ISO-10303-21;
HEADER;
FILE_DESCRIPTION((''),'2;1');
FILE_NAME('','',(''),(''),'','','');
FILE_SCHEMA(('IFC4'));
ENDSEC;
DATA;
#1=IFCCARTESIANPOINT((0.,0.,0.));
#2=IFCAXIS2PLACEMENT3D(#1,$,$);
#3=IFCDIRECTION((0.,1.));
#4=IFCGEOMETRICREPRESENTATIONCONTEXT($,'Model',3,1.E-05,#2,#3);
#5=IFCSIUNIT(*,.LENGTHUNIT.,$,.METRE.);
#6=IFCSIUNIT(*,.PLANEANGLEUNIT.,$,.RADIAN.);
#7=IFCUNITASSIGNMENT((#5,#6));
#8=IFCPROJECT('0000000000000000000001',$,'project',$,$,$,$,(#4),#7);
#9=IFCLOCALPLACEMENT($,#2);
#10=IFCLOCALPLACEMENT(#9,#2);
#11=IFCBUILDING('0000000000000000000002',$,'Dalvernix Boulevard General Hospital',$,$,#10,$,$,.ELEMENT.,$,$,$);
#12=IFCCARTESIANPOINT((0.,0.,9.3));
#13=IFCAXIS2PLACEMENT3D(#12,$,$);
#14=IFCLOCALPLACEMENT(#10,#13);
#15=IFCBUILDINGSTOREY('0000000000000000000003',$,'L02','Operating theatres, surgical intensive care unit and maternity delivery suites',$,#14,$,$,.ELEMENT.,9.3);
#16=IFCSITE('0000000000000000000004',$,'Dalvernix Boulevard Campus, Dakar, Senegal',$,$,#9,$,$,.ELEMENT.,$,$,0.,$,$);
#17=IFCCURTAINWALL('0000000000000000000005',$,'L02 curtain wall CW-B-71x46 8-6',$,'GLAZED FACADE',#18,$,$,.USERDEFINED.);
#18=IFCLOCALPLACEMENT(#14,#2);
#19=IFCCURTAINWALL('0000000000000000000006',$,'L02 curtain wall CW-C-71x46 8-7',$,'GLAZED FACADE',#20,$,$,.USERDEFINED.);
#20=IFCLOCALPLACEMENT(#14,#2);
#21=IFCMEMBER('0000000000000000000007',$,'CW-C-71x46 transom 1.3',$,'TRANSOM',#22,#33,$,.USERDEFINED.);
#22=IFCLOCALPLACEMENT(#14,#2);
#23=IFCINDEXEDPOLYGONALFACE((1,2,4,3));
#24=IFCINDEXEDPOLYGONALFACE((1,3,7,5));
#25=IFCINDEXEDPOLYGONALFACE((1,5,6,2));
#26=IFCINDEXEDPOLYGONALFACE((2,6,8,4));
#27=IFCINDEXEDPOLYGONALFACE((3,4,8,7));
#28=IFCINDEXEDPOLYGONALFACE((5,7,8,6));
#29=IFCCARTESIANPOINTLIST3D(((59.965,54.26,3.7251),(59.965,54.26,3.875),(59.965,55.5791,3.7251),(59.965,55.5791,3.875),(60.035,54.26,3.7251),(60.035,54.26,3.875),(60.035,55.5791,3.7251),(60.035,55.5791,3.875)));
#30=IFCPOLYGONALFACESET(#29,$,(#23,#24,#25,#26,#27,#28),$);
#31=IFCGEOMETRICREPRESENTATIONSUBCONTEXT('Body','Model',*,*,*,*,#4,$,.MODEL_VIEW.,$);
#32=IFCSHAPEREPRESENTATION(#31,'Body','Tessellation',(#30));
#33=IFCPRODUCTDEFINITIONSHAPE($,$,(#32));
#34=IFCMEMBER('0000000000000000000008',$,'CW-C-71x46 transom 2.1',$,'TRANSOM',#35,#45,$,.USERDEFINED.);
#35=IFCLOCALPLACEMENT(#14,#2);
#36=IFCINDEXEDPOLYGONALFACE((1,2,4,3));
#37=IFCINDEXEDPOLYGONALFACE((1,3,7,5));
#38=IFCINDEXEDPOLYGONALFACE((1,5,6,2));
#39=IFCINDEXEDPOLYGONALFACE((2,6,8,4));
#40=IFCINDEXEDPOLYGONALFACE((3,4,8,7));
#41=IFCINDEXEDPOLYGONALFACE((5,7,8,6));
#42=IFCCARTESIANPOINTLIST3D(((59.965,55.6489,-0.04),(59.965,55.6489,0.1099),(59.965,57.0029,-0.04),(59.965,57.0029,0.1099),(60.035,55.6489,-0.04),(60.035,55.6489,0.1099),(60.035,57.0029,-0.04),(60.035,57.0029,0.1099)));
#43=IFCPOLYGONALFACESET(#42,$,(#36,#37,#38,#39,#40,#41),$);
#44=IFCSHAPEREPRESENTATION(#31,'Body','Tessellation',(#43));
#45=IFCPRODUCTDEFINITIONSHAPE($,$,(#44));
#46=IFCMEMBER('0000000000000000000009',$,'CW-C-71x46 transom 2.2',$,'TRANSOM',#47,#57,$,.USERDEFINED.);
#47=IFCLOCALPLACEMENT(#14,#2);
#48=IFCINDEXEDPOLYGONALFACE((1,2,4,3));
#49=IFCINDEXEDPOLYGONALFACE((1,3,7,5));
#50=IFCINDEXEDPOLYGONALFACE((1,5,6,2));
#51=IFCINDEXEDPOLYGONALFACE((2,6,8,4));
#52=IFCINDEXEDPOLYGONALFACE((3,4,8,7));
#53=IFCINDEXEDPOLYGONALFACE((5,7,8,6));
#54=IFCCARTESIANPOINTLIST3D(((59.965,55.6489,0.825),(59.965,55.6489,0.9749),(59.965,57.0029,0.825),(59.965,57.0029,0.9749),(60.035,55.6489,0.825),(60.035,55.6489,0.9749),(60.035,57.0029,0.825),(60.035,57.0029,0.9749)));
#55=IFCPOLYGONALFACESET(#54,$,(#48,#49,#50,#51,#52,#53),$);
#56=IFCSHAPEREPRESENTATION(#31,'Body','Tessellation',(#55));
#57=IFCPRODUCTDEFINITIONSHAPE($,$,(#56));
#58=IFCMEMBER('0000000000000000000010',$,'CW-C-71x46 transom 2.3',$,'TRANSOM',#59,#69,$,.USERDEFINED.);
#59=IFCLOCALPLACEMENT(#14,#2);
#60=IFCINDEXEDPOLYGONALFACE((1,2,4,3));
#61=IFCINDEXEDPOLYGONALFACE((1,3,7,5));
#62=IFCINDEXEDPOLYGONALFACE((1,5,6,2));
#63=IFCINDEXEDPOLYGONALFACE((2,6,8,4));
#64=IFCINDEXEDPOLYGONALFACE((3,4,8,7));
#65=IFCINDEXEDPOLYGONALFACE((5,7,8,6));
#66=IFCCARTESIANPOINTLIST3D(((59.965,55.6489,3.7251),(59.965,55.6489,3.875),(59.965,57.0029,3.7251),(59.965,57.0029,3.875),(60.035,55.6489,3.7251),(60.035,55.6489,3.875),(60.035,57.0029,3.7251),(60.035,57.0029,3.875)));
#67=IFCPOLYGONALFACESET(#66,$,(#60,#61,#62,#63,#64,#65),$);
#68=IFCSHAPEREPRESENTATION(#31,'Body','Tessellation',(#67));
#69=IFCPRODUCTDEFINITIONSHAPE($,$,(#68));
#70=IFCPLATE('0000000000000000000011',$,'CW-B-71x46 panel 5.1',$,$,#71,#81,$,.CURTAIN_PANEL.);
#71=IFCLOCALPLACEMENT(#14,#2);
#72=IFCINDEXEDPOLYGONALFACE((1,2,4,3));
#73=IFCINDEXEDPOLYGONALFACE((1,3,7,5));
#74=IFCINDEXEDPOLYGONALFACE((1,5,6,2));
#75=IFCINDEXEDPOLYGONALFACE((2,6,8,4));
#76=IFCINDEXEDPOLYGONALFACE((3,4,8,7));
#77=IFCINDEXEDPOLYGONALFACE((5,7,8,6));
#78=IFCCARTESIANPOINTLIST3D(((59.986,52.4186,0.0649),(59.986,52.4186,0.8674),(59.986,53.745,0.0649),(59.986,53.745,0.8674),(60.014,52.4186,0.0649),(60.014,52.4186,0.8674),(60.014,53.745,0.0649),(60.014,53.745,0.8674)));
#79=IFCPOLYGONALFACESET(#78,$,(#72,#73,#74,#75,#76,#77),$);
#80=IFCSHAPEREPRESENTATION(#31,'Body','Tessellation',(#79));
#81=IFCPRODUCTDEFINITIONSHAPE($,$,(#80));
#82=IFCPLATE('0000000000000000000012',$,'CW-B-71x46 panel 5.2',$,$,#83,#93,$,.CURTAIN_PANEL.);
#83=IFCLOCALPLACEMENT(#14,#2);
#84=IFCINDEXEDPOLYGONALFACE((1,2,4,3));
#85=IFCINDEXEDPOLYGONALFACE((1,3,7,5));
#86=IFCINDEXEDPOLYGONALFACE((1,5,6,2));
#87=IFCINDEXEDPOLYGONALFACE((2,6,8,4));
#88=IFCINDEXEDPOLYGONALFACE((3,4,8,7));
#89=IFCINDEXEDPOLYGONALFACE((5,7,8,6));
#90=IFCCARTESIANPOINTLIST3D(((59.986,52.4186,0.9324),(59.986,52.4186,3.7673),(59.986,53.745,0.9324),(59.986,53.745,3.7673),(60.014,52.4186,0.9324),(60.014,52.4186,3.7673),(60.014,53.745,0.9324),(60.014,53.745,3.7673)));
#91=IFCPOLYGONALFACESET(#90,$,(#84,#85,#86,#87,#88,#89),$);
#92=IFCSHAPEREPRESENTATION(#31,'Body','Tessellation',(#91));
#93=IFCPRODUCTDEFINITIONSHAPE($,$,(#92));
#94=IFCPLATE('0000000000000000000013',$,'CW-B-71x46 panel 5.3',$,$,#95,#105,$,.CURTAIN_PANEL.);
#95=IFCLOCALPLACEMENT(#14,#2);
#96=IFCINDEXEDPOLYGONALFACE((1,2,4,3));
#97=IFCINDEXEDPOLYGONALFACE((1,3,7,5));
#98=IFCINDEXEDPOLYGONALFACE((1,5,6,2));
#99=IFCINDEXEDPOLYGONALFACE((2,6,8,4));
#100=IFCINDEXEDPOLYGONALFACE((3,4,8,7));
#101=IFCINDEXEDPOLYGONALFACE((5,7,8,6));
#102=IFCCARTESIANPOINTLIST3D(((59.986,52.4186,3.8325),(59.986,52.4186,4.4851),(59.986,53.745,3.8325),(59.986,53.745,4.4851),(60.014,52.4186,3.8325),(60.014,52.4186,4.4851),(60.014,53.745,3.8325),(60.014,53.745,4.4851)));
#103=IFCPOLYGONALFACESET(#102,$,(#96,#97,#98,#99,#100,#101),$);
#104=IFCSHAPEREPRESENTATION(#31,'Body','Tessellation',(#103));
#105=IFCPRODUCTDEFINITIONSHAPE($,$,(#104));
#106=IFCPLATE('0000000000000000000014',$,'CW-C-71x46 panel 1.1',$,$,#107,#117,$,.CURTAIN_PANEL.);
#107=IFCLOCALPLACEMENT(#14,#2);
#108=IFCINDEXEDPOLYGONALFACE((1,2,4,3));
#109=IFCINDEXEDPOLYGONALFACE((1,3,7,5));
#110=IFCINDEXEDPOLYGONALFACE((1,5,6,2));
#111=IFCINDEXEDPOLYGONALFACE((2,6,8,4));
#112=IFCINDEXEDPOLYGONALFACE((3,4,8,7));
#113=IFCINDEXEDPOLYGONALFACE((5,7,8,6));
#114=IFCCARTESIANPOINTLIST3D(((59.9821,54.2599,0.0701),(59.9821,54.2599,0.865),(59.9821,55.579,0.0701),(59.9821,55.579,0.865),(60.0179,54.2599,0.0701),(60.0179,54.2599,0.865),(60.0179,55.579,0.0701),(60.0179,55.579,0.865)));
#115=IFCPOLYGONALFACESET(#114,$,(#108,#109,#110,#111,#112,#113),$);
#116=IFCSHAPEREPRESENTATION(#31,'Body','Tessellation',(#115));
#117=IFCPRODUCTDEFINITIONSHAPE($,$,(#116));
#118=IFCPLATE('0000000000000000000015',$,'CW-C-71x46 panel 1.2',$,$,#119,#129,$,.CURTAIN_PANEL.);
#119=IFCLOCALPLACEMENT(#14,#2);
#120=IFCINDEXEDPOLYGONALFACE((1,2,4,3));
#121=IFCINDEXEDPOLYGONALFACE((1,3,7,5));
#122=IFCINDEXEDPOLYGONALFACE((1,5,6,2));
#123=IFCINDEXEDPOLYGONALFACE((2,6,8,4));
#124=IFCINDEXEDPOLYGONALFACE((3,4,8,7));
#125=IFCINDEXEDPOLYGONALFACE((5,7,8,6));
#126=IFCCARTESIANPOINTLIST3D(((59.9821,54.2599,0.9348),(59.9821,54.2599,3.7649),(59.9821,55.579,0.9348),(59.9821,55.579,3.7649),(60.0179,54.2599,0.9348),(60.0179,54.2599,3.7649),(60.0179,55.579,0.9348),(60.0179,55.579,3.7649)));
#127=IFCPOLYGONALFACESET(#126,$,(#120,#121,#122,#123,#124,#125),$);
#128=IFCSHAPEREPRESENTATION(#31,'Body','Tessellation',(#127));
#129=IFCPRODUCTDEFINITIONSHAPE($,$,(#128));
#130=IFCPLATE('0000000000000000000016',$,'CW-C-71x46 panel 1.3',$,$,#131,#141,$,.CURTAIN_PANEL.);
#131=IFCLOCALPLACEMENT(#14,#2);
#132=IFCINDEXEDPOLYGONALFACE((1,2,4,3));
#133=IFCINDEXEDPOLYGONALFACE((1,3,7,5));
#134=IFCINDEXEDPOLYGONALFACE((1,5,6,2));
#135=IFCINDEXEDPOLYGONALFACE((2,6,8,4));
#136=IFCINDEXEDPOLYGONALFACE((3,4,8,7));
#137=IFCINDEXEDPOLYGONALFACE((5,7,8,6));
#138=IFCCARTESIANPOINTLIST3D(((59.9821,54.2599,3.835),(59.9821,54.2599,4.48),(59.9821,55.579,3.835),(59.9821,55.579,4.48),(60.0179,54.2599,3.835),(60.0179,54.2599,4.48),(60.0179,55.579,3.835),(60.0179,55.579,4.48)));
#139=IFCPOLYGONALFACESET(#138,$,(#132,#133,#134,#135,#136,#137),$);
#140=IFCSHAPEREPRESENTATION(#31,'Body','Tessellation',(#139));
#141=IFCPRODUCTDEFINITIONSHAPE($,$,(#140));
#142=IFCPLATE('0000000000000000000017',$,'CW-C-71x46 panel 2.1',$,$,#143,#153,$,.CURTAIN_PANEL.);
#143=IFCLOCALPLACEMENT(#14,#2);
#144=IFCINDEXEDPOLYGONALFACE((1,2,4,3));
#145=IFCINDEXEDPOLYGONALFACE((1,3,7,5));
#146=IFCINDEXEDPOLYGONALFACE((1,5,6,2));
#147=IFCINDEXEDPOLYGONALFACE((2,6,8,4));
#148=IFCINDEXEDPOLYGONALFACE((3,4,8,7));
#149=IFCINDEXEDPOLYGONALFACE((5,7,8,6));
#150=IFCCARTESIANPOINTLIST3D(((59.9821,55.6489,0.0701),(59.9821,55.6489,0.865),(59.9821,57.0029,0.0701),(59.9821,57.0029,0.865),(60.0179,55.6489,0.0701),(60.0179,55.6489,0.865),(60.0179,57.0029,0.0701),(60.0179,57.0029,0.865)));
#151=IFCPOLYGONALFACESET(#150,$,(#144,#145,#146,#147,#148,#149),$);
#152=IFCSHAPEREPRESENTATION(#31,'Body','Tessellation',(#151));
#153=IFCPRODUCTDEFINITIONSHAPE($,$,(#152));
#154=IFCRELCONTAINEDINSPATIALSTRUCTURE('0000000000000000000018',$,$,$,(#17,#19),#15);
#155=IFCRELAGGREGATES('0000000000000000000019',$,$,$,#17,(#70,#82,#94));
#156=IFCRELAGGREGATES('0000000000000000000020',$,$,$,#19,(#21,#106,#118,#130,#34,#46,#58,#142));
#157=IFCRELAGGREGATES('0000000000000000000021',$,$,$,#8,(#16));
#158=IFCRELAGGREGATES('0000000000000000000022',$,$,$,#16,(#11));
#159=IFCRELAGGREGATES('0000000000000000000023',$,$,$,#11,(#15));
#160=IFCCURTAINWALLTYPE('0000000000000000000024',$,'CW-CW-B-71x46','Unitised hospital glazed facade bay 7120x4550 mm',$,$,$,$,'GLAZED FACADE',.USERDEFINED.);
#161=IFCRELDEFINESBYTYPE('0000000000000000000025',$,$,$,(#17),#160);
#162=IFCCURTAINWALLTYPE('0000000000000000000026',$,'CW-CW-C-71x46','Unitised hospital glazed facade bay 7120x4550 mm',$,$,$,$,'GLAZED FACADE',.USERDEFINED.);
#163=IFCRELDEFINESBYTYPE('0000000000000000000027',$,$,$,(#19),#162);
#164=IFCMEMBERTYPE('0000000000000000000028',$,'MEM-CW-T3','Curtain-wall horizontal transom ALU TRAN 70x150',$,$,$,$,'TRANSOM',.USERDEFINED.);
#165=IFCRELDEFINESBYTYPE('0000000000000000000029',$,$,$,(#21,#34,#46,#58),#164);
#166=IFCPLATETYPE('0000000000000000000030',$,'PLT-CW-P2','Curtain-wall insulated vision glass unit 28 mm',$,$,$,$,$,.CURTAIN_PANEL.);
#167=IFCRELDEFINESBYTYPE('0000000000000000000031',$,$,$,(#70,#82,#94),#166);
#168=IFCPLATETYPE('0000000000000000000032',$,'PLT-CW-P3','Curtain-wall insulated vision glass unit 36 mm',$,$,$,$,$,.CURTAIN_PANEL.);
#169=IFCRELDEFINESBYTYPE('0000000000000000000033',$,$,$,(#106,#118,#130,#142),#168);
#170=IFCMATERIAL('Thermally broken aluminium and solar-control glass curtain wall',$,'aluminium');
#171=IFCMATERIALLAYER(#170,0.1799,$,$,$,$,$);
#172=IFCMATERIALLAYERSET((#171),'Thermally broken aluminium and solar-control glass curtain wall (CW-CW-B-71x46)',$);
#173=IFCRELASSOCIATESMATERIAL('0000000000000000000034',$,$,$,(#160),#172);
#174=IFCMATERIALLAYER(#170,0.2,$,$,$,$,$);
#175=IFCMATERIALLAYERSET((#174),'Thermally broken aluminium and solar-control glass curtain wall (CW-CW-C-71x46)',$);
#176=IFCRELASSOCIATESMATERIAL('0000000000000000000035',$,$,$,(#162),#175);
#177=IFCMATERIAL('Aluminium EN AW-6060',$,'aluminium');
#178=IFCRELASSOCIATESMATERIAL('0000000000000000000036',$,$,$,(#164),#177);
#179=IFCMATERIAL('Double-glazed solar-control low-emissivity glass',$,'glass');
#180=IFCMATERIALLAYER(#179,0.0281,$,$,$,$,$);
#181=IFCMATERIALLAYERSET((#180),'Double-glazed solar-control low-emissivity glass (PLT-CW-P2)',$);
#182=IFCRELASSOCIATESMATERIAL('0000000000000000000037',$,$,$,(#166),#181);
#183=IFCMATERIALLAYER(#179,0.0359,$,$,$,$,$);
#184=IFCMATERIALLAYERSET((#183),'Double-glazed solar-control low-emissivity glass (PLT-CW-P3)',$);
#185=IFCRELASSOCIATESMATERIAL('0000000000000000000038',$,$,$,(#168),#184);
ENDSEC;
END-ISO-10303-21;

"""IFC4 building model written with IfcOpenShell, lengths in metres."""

from ifc_helpers import new_model, si_unit, direction, frame, origin, origin_2d, place, context, subcontext, project, spatial, rectangle, extrude, material, layer, layer_set, material_profile, profile_set, type_object, element, aggregate, save


model = new_model("IFC4")

# Units and contexts
model_context = context("Model", 3, precision=1e-05, world=origin(), true_north=direction((0.0, 1.0)))
body_context = subcontext(model_context, "Body", "Model", "MODEL_VIEW")
ifc_project = project(units=[si_unit("LENGTHUNIT", "METRE"), si_unit("PLANEANGLEUNIT", "RADIAN")], contexts=[model_context])

# Site, building, storey
site_placement = place(None, origin())
site = spatial("IfcSite", under=ifc_project, at=site_placement, Name="Dalvernix Boulevard Campus, Dakar, Senegal", CompositionType="ELEMENT", RefElevation=0.0)
building_placement = place(site_placement, origin())
building = spatial("IfcBuilding", under=site, at=building_placement, Name="Dalvernix Boulevard General Hospital", CompositionType="ELEMENT")
storey_placement = place(building_placement, frame((0.0, 0.0, 9.3)))
storey = spatial("IfcBuildingStorey", under=building, at=storey_placement, Name="L02", Description="Operating theatres, surgical intensive care unit and maternity delivery suites", CompositionType="ELEMENT", Elevation=9.3)

# Curtain wall
ifc_material_1 = material(Name="Thermally broken aluminium and solar-control glass curtain wall", Category="aluminium")
ifc_layer_1 = layer(ifc_material_1, 0.1799)
ifc_layer_set_1 = layer_set([ifc_layer_1], Name="Thermally broken aluminium and solar-control glass curtain wall (CW-CW-B-71x46)")
curtain_wall_type_1 = type_object("IfcCurtainWallType", Name="CW-CW-B-71x46", Description="Unitised hospital glazed facade bay 7120x4550 mm", ElementType="GLAZED FACADE", PredefinedType="USERDEFINED", material=ifc_layer_set_1)
curtain_wall_1_placement = place(storey_placement, origin())
curtain_wall_1 = element("IfcCurtainWall", 1, at=curtain_wall_1_placement, inside=storey, type_object=curtain_wall_type_1, Name="L02 curtain wall CW-B-71x46 8-6", ObjectType="GLAZED FACADE", PredefinedType="USERDEFINED")
ifc_material_2 = material(Name="Aluminium EN AW-6060", Category="aluminium")

# Curtain wall
ifc_layer_2 = layer(ifc_material_1, 0.2)
ifc_layer_set_2 = layer_set([ifc_layer_2], Name="Thermally broken aluminium and solar-control glass curtain wall (CW-CW-C-71x46)")
curtain_wall_type_2 = type_object("IfcCurtainWallType", Name="CW-CW-C-71x46", Description="Unitised hospital glazed facade bay 7120x4550 mm", ElementType="GLAZED FACADE", PredefinedType="USERDEFINED", material=ifc_layer_set_2)
curtain_wall_2_placement = place(storey_placement, origin())
curtain_wall_2 = element("IfcCurtainWall", 2, at=curtain_wall_2_placement, inside=storey, type_object=curtain_wall_type_2, Name="L02 curtain wall CW-C-71x46 8-7", ObjectType="GLAZED FACADE", PredefinedType="USERDEFINED")

# Members
ifc_material_profile_1 = material_profile(ifc_material_2, rectangle(XDim=0.0701, YDim=0.1499, at=origin_2d()), Name="ALU TRAN 70x150")
ifc_profile_set_1 = profile_set([ifc_material_profile_1], Name="Aluminium EN AW-6060")
member_type_1 = type_object("IfcMemberType", Name="MEM-CW-T3", Description="Curtain-wall horizontal transom ALU TRAN 70x150", ElementType="TRANSOM", PredefinedType="USERDEFINED", material=ifc_profile_set_1)
member_1_placement = place(storey_placement, frame((60.0, 54.26, 3.8), z_axis=(0.0, 1.0, 0.0), x_axis=(-1.0, 0.0, 0.0)))
member_1 = element("IfcMember", 3, at=member_1_placement, type_object=member_type_1, Name="CW-C-71x46 transom 1.3", ObjectType="TRANSOM", PredefinedType="USERDEFINED", context=body_context, shape_type="SweptSolid", body=[
    extrude(rectangle(XDim=0.0701, YDim=0.1499, at=origin_2d()), origin(), (0.0, 0.0, 1.0), 1.3191),
])
member_2_placement = place(storey_placement, frame((60.0, 55.6489, 0.0349), z_axis=(0.0, 1.0, 0.0), x_axis=(-1.0, 0.0, 0.0)))
member_2 = element("IfcMember", 4, at=member_2_placement, type_object=member_type_1, Name="CW-C-71x46 transom 2.1", ObjectType="TRANSOM", PredefinedType="USERDEFINED", context=body_context, shape_type="SweptSolid", body=[
    extrude(rectangle(XDim=0.0701, YDim=0.1499, at=origin_2d()), origin(), (0.0, 0.0, 1.0), 1.354),
])
member_3_placement = place(storey_placement, frame((60.0, 55.6489, 0.8999), z_axis=(0.0, 1.0, 0.0), x_axis=(-1.0, 0.0, 0.0)))
member_3 = element("IfcMember", 5, at=member_3_placement, type_object=member_type_1, Name="CW-C-71x46 transom 2.2", ObjectType="TRANSOM", PredefinedType="USERDEFINED", context=body_context, shape_type="SweptSolid", body=[
    extrude(rectangle(XDim=0.0701, YDim=0.1499, at=origin_2d()), origin(), (0.0, 0.0, 1.0), 1.354),
])
member_4_placement = place(storey_placement, frame((60.0, 55.6489, 3.8), z_axis=(0.0, 1.0, 0.0), x_axis=(-1.0, 0.0, 0.0)))
member_4 = element("IfcMember", 6, at=member_4_placement, type_object=member_type_1, Name="CW-C-71x46 transom 2.3", ObjectType="TRANSOM", PredefinedType="USERDEFINED", context=body_context, shape_type="SweptSolid", body=[
    extrude(rectangle(XDim=0.0701, YDim=0.1499, at=origin_2d()), origin(), (0.0, 0.0, 1.0), 1.354),
])

# Plates
ifc_material_3 = material(Name="Double-glazed solar-control low-emissivity glass", Category="glass")
ifc_layer_3 = layer(ifc_material_3, 0.0281)
ifc_layer_set_3 = layer_set([ifc_layer_3], Name="Double-glazed solar-control low-emissivity glass (PLT-CW-P2)")
plate_type_1 = type_object("IfcPlateType", Name="PLT-CW-P2", Description="Curtain-wall insulated vision glass unit 28 mm", PredefinedType="CURTAIN_PANEL", material=ifc_layer_set_3)
plate_1_placement = place(storey_placement, frame((60.0, 53.0818, 0.0649), z_axis=(0.0, 0.0, 1.0), x_axis=(0.0, 1.0, 0.0)))
plate_1 = element("IfcPlate", 7, at=plate_1_placement, type_object=plate_type_1, Name="CW-B-71x46 panel 5.1", PredefinedType="CURTAIN_PANEL", context=body_context, shape_type="SweptSolid", body=[
    extrude(rectangle(XDim=1.3264, YDim=0.0281, at=origin_2d()), origin(), (0.0, 0.0, 1.0), 0.8025),
])
plate_2_placement = place(storey_placement, frame((60.0, 53.0818, 0.9324), z_axis=(0.0, 0.0, 1.0), x_axis=(0.0, 1.0, 0.0)))
plate_2 = element("IfcPlate", 8, at=plate_2_placement, type_object=plate_type_1, Name="CW-B-71x46 panel 5.2", PredefinedType="CURTAIN_PANEL", context=body_context, shape_type="SweptSolid", body=[
    extrude(rectangle(XDim=1.3264, YDim=0.0281, at=origin_2d()), origin(), (0.0, 0.0, 1.0), 2.835),
])
plate_3_placement = place(storey_placement, frame((60.0, 53.0818, 3.8325), z_axis=(0.0, 0.0, 1.0), x_axis=(0.0, 1.0, 0.0)))
plate_3 = element("IfcPlate", 9, at=plate_3_placement, type_object=plate_type_1, Name="CW-B-71x46 panel 5.3", PredefinedType="CURTAIN_PANEL", context=body_context, shape_type="SweptSolid", body=[
    extrude(rectangle(XDim=1.3264, YDim=0.0281, at=origin_2d()), origin(), (0.0, 0.0, 1.0), 0.6526),
])
aggregate(curtain_wall_1, [plate_1, plate_2, plate_3])
ifc_layer_4 = layer(ifc_material_3, 0.0359)
ifc_layer_set_4 = layer_set([ifc_layer_4], Name="Double-glazed solar-control low-emissivity glass (PLT-CW-P3)")
plate_type_2 = type_object("IfcPlateType", Name="PLT-CW-P3", Description="Curtain-wall insulated vision glass unit 36 mm", PredefinedType="CURTAIN_PANEL", material=ifc_layer_set_4)
plate_4_placement = place(storey_placement, frame((60.0, 54.9194, 0.0701), z_axis=(0.0, 0.0, 1.0), x_axis=(0.0, 1.0, 0.0)))
plate_4 = element("IfcPlate", 10, at=plate_4_placement, type_object=plate_type_2, Name="CW-C-71x46 panel 1.1", PredefinedType="CURTAIN_PANEL", context=body_context, shape_type="SweptSolid", body=[
    extrude(rectangle(XDim=1.3191, YDim=0.0359, at=origin_2d()), origin(), (0.0, 0.0, 1.0), 0.7949),
])
plate_5_placement = place(storey_placement, frame((60.0, 54.9194, 0.9348), z_axis=(0.0, 0.0, 1.0), x_axis=(0.0, 1.0, 0.0)))
plate_5 = element("IfcPlate", 11, at=plate_5_placement, type_object=plate_type_2, Name="CW-C-71x46 panel 1.2", PredefinedType="CURTAIN_PANEL", context=body_context, shape_type="SweptSolid", body=[
    extrude(rectangle(XDim=1.3191, YDim=0.0359, at=origin_2d()), origin(), (0.0, 0.0, 1.0), 2.8301),
])
plate_6_placement = place(storey_placement, frame((60.0, 54.9194, 3.835), z_axis=(0.0, 0.0, 1.0), x_axis=(0.0, 1.0, 0.0)))
plate_6 = element("IfcPlate", 12, at=plate_6_placement, type_object=plate_type_2, Name="CW-C-71x46 panel 1.3", PredefinedType="CURTAIN_PANEL", context=body_context, shape_type="SweptSolid", body=[
    extrude(rectangle(XDim=1.3191, YDim=0.0359, at=origin_2d()), origin(), (0.0, 0.0, 1.0), 0.645),
])
plate_7_placement = place(storey_placement, frame((60.0, 56.3259, 0.0701), z_axis=(0.0, 0.0, 1.0), x_axis=(0.0, 1.0, 0.0)))
plate_7 = element("IfcPlate", 13, at=plate_7_placement, type_object=plate_type_2, Name="CW-C-71x46 panel 2.1", PredefinedType="CURTAIN_PANEL", context=body_context, shape_type="SweptSolid", body=[
    extrude(rectangle(XDim=1.354, YDim=0.0359, at=origin_2d()), origin(), (0.0, 0.0, 1.0), 0.7949),
])
aggregate(curtain_wall_2, [member_1, plate_4, plate_5, plate_6, member_2, member_3, member_4, plate_7])

save(model, "model.ifc")
